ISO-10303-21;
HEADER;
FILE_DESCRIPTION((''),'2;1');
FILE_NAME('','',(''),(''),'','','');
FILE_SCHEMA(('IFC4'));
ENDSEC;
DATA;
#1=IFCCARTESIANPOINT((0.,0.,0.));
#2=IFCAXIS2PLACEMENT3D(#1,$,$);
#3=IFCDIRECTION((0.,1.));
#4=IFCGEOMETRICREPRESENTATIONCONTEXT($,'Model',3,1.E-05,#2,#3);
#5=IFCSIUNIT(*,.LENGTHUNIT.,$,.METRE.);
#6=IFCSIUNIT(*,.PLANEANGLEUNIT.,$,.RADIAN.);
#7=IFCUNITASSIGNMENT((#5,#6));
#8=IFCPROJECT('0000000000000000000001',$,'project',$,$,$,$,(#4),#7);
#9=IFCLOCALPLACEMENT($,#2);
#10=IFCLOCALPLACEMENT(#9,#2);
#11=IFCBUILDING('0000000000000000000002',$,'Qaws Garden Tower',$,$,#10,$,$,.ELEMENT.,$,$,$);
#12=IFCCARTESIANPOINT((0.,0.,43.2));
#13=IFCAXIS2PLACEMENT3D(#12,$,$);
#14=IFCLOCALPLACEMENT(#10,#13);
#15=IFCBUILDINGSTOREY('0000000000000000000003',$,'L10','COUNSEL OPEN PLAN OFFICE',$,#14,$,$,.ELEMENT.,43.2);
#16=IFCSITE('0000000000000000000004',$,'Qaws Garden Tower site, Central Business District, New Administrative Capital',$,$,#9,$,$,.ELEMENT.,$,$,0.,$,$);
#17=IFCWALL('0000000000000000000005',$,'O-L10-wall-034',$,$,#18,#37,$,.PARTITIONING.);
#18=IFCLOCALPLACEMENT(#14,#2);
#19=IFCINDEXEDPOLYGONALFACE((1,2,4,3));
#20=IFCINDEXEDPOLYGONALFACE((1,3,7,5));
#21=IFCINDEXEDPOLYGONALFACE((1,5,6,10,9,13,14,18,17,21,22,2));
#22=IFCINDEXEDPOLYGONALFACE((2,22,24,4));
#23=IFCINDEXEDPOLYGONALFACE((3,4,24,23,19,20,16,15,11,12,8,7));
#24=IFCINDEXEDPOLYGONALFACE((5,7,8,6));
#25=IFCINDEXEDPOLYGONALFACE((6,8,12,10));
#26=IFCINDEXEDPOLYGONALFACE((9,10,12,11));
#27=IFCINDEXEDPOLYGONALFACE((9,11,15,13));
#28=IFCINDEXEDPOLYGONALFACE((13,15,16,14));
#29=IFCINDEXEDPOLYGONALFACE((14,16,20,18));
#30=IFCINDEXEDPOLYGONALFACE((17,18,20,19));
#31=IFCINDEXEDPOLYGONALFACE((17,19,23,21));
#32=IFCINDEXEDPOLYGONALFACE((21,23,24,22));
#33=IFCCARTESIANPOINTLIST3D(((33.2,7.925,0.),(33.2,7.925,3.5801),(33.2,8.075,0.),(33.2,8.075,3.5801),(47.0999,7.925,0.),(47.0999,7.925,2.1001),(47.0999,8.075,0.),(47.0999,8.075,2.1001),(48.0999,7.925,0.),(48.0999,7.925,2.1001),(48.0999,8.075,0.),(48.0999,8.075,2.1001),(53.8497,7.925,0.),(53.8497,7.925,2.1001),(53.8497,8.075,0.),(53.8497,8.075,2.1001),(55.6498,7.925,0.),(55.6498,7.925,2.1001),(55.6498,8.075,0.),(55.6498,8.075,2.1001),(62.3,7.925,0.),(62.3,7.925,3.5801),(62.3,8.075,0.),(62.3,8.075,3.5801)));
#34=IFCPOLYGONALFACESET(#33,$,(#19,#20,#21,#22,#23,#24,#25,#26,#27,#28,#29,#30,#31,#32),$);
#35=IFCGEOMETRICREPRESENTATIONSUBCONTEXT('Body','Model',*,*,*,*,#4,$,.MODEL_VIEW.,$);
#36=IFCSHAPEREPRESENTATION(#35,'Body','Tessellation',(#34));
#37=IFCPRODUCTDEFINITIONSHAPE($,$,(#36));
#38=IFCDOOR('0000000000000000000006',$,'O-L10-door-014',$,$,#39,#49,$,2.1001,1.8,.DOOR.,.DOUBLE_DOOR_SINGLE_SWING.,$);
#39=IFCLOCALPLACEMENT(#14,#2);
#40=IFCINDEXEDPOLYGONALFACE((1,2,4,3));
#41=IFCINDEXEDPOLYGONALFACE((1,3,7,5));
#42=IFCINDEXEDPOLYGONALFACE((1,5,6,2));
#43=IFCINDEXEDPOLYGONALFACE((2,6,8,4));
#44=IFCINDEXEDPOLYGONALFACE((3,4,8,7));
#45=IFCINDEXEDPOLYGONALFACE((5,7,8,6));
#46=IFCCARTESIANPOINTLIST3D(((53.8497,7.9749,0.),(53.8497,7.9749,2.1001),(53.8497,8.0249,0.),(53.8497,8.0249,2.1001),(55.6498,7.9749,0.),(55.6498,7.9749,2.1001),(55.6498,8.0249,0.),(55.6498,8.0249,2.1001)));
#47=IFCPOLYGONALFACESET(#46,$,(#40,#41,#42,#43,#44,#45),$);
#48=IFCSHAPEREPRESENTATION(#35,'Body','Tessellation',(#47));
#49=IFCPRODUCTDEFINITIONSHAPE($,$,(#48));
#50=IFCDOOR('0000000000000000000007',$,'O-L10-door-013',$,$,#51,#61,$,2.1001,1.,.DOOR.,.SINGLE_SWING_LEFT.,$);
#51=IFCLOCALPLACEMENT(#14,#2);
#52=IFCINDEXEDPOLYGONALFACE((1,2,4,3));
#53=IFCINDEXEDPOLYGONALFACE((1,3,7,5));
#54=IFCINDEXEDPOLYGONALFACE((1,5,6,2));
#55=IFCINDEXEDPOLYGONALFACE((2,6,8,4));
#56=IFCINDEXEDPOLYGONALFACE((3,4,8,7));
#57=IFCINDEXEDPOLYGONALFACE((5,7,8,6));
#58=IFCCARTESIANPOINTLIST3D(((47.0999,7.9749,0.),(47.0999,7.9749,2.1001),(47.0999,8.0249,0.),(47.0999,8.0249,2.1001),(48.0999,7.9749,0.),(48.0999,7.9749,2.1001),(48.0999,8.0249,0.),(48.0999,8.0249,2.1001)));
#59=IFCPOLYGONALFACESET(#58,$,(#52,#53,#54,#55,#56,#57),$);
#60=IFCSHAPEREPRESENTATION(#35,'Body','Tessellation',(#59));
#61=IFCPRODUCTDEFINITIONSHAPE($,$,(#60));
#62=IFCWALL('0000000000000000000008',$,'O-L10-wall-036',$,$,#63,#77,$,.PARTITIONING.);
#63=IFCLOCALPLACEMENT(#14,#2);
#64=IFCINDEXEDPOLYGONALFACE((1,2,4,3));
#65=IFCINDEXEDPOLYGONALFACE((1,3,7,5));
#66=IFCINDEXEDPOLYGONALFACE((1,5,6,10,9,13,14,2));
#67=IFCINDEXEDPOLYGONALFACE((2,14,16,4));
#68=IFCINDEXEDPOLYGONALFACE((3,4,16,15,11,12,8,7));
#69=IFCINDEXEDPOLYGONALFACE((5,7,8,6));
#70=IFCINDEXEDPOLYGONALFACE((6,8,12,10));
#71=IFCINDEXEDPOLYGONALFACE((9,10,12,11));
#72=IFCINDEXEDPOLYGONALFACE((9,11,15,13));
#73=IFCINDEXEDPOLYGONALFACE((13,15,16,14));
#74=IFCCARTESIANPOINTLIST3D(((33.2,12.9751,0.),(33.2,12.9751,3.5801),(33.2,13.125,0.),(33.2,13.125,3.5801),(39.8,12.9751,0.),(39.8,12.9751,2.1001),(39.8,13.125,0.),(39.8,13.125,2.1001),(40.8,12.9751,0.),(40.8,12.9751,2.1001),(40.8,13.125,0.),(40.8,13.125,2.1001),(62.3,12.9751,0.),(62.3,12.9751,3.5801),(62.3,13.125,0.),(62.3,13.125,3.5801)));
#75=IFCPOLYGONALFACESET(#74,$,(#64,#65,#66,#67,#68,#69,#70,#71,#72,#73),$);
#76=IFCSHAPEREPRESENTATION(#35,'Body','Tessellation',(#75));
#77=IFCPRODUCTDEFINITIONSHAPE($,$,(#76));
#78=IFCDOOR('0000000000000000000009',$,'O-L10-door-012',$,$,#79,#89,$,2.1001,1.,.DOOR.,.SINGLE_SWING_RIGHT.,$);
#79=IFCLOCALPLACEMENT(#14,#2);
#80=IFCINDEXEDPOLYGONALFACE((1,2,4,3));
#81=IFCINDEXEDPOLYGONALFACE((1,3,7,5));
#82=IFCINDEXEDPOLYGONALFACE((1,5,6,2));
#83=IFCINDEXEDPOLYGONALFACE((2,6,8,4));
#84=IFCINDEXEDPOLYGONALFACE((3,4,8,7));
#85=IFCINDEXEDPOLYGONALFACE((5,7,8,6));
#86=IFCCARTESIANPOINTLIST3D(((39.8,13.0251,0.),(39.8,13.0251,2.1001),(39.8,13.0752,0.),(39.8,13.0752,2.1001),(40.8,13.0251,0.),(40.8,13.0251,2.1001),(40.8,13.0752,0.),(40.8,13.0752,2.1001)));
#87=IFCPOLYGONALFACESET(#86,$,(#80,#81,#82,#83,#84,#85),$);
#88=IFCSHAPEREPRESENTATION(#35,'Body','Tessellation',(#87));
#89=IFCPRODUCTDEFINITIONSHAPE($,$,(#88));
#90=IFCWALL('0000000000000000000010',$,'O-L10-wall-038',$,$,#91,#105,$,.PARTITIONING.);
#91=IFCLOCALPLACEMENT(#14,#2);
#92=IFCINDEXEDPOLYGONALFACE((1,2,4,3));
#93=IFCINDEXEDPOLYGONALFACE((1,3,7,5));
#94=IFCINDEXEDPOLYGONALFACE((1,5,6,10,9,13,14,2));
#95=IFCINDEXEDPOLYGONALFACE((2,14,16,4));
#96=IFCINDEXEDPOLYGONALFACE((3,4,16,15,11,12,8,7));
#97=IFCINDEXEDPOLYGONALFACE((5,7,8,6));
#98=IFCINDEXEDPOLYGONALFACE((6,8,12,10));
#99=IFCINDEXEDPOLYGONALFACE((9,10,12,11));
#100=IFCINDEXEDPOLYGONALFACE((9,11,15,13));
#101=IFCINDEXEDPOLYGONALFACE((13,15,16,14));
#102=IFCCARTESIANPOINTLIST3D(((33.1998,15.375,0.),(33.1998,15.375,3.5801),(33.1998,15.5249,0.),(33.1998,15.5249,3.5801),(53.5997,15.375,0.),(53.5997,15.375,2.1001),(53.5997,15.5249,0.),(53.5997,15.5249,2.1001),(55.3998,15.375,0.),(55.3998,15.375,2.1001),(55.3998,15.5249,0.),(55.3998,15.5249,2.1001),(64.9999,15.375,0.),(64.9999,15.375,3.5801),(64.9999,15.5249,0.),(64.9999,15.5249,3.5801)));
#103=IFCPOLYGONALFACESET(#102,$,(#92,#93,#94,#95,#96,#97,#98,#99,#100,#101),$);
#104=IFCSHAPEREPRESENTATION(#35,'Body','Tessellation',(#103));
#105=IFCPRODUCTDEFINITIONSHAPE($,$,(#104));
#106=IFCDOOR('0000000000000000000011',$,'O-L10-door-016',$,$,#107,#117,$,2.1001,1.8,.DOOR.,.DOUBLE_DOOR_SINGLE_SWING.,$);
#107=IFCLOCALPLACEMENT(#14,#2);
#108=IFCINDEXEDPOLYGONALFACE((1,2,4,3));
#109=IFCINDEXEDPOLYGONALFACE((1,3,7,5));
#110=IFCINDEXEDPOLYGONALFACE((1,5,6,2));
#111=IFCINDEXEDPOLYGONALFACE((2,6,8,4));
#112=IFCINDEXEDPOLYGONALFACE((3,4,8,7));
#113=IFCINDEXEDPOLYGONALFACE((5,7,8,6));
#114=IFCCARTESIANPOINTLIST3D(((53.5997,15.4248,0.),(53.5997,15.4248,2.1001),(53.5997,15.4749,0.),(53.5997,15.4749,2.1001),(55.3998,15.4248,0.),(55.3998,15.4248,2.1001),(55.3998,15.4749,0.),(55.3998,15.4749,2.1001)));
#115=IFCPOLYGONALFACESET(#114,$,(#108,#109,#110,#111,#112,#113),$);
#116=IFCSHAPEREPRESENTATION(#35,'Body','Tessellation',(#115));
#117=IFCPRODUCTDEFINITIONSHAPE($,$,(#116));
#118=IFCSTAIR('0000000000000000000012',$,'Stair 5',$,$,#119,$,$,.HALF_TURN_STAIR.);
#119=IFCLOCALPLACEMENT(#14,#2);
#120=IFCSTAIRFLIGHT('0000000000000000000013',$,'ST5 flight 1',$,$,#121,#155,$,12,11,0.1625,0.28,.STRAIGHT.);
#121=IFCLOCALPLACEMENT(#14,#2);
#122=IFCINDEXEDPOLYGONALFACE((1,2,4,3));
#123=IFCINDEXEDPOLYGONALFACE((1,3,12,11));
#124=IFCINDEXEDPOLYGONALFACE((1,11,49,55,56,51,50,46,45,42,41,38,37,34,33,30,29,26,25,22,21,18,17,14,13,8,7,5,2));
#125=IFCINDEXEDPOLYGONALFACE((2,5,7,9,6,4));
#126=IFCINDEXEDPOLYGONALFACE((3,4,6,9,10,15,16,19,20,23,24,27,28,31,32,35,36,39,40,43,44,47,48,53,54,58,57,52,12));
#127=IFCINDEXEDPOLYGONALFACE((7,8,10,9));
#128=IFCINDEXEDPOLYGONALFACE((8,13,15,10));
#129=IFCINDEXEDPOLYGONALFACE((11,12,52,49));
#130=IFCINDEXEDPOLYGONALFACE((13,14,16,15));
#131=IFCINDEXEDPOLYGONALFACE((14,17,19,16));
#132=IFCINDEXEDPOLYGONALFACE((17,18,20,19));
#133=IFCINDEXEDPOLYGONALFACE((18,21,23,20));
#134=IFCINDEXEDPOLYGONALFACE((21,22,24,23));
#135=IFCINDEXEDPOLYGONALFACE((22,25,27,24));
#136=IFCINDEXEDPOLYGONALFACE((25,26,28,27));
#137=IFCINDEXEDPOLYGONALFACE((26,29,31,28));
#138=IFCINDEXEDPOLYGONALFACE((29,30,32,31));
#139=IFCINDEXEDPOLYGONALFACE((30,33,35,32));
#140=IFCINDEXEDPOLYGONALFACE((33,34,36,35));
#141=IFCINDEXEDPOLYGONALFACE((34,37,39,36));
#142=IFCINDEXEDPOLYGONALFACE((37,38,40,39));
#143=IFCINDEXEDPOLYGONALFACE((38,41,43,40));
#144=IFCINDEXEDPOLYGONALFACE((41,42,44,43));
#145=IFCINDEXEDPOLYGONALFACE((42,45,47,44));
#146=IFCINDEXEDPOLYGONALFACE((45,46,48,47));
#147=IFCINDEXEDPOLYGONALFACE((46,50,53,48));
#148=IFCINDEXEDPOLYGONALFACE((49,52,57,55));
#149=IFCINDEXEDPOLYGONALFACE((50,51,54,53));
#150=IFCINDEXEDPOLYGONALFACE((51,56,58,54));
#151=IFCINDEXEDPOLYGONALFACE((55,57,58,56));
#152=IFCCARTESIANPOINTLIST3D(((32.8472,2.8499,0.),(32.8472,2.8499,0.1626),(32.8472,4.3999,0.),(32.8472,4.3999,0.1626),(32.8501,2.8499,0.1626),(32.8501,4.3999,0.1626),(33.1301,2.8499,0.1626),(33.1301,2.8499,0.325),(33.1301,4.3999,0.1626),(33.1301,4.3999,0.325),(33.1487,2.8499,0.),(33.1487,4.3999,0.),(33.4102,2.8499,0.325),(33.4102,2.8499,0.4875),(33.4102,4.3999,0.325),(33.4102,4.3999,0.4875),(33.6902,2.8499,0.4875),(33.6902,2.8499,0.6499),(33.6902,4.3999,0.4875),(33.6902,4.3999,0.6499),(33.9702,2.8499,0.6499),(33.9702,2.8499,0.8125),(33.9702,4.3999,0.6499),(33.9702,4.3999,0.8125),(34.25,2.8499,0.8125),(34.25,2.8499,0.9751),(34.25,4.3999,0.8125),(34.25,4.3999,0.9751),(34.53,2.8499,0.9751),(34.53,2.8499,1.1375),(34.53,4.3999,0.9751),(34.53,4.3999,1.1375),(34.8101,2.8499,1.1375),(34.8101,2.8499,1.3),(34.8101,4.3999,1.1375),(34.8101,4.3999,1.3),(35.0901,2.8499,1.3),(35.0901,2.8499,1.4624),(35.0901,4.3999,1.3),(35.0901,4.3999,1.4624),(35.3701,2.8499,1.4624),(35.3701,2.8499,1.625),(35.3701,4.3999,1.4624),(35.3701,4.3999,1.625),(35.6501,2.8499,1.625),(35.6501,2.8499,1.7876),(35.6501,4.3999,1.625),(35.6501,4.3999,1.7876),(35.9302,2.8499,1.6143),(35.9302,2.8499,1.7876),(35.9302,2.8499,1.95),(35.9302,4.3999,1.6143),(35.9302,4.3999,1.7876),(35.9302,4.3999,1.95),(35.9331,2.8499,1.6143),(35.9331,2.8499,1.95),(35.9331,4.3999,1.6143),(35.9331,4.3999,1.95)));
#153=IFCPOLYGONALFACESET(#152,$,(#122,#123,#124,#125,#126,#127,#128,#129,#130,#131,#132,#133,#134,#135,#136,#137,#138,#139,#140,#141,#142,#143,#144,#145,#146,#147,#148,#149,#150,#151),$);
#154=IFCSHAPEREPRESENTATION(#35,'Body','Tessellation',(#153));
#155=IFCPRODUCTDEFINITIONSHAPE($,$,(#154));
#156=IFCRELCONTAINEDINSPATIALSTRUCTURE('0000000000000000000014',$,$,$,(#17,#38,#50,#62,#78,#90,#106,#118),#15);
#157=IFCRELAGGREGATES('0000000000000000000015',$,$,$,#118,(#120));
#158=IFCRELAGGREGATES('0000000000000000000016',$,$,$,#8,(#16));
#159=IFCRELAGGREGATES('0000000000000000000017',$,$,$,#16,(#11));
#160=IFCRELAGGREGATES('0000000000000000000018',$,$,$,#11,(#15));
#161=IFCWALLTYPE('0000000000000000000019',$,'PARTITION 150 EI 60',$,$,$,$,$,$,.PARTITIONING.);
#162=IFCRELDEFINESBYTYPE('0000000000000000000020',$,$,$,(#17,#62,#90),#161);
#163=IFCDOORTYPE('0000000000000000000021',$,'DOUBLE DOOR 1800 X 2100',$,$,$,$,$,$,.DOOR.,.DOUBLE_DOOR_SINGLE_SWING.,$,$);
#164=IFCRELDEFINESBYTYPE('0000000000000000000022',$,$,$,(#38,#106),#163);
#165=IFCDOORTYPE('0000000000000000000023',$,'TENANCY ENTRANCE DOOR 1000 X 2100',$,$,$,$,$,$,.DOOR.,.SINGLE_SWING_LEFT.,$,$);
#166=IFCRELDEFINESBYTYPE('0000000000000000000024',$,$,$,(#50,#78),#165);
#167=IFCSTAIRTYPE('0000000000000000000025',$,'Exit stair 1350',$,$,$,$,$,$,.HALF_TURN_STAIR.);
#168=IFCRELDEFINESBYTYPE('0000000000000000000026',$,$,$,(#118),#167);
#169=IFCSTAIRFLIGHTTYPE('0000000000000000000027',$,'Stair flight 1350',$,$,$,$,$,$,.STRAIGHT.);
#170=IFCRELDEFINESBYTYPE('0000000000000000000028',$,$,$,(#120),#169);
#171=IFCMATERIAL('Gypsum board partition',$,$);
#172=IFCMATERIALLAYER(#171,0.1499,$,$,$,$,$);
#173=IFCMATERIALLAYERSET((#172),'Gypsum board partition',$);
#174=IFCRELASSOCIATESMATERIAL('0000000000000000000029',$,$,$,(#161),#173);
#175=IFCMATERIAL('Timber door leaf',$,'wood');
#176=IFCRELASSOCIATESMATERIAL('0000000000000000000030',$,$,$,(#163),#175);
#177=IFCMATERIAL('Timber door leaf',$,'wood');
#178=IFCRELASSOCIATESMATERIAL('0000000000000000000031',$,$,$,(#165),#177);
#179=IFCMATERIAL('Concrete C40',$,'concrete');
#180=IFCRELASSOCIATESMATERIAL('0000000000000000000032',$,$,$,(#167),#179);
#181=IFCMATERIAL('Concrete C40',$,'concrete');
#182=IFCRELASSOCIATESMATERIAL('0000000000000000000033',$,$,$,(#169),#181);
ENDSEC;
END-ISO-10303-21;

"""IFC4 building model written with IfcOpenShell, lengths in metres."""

from ifc_helpers import new_model, si_unit, direction, frame, frame_2d, origin, place, context, subcontext, project, spatial, polyline, rectangle, outline, extrude, material, layer, layer_set, type_object, element, fill, aggregate, save


model = new_model("IFC4")

# Units and contexts
model_context = context("Model", 3, precision=1e-05, world=origin(), true_north=direction((0.0, 1.0)))
body_context = subcontext(model_context, "Body", "Model", "MODEL_VIEW")
ifc_project = project(units=[si_unit("LENGTHUNIT", "METRE"), si_unit("PLANEANGLEUNIT", "RADIAN")], contexts=[model_context])

# Site, building, storey
site_placement = place(None, origin())
site = spatial("IfcSite", under=ifc_project, at=site_placement, Name="Qaws Garden Tower site, Central Business District, New Administrative Capital", CompositionType="ELEMENT", RefElevation=0.0)
building_placement = place(site_placement, origin())
building = spatial("IfcBuilding", under=site, at=building_placement, Name="Qaws Garden Tower", CompositionType="ELEMENT")
storey_placement = place(building_placement, frame((0.0, 0.0, 43.2)))
storey = spatial("IfcBuildingStorey", under=building, at=storey_placement, Name="L10", Description="COUNSEL OPEN PLAN OFFICE", CompositionType="ELEMENT", Elevation=43.2)

# Shared definitions
ifc_material_1 = material(Name="Gypsum board partition")
ifc_layer_1 = layer(ifc_material_1, 0.1499)
ifc_layer_set_1 = layer_set([ifc_layer_1], Name="Gypsum board partition")
wall_type_1 = type_object("IfcWallType", Name="PARTITION 150 EI 60", PredefinedType="PARTITIONING", material=ifc_layer_set_1)

# Shared definitions
ifc_material_2 = material(Name="Timber door leaf", Category="wood")
door_type_1 = type_object("IfcDoorType", Name="DOUBLE DOOR 1800 X 2100", OperationType="DOUBLE_DOOR_SINGLE_SWING", PredefinedType="DOOR", material=ifc_material_2)

# Wall, openings, doors
wall_1_placement = place(storey_placement, frame((33.2, 8.0, 0.0), z_axis=(0.0, 0.0, 1.0), x_axis=(1.0, 0.0, 0.0)))
wall_1 = element("IfcWall", 1, at=wall_1_placement, inside=storey, type_object=wall_type_1, Name="O-L10-wall-034", PredefinedType="PARTITIONING", context=body_context, shape_type="SweptSolid", body=[
    extrude(rectangle(XDim=29.1001, YDim=0.1499, at=frame_2d((14.55, 0.0))), origin(), (0.0, 0.0, 1.0), 3.5801),
])
opening_1_placement = place(wall_1_placement, frame((13.8999, 0.0, 0.0)))
opening_1 = element("IfcOpeningElement", 2, at=opening_1_placement, cuts=wall_1, PredefinedType="OPENING", context=body_context, shape_type="SweptSolid", body=[
    extrude(rectangle(XDim=1.0, YDim=2.1001, at=frame_2d((0.5, 1.05))), frame((0.0, 0.085, 0.0), z_axis=(0.0, -1.0, 0.0), x_axis=(1.0, 0.0, 0.0)), (0.0, 0.0, 1.0), 0.1699),
])
opening_2_placement = place(wall_1_placement, frame((20.6499, 0.0, 0.0)))
opening_2 = element("IfcOpeningElement", 3, at=opening_2_placement, cuts=wall_1, PredefinedType="OPENING", context=body_context, shape_type="SweptSolid", body=[
    extrude(rectangle(XDim=1.8, YDim=2.1001, at=frame_2d((0.8999, 1.05))), frame((0.0, 0.085, 0.0), z_axis=(0.0, -1.0, 0.0), x_axis=(1.0, 0.0, 0.0)), (0.0, 0.0, 1.0), 0.1699),
])
door_1_placement = place(opening_2_placement, origin())
door_1 = element("IfcDoor", 4, at=door_1_placement, inside=storey, type_object=door_type_1, Name="O-L10-door-014", OperationType="DOUBLE_DOOR_SINGLE_SWING", OverallHeight=2.1001, OverallWidth=1.8, PredefinedType="DOOR", context=body_context, shape_type="SweptSolid", body=[
    extrude(rectangle(XDim=1.8, YDim=2.1001, at=frame_2d((0.8999, 1.05))), frame((0.0, 0.0249, 0.0), z_axis=(0.0, -1.0, 0.0), x_axis=(1.0, 0.0, 0.0)), (0.0, 0.0, 1.0), 0.05),
])
fill(opening_2, door_1)
ifc_material_3 = material(Name="Timber door leaf", Category="wood")
door_type_2 = type_object("IfcDoorType", Name="TENANCY ENTRANCE DOOR 1000 X 2100", OperationType="SINGLE_SWING_LEFT", PredefinedType="DOOR", material=ifc_material_3)
door_2_placement = place(opening_1_placement, origin())
door_2 = element("IfcDoor", 5, at=door_2_placement, inside=storey, type_object=door_type_2, Name="O-L10-door-013", OperationType="SINGLE_SWING_LEFT", OverallHeight=2.1001, OverallWidth=1.0, PredefinedType="DOOR", context=body_context, shape_type="SweptSolid", body=[
    extrude(rectangle(XDim=1.0, YDim=2.1001, at=frame_2d((0.5, 1.05))), frame((0.0, 0.0249, 0.0), z_axis=(0.0, -1.0, 0.0), x_axis=(1.0, 0.0, 0.0)), (0.0, 0.0, 1.0), 0.05),
])
fill(opening_1, door_2)

# Walls, openings, doors
wall_2_placement = place(storey_placement, frame((33.2, 13.05, 0.0), z_axis=(0.0, 0.0, 1.0), x_axis=(1.0, 0.0, 0.0)))
wall_2 = element("IfcWall", 6, at=wall_2_placement, inside=storey, type_object=wall_type_1, Name="O-L10-wall-036", PredefinedType="PARTITIONING", context=body_context, shape_type="SweptSolid", body=[
    extrude(rectangle(XDim=29.1001, YDim=0.1499, at=frame_2d((14.55, 0.0))), origin(), (0.0, 0.0, 1.0), 3.5801),
])
opening_3_placement = place(wall_2_placement, frame((6.6001, 0.0, 0.0)))
opening_3 = element("IfcOpeningElement", 7, at=opening_3_placement, cuts=wall_2, PredefinedType="OPENING", context=body_context, shape_type="SweptSolid", body=[
    extrude(rectangle(XDim=1.0, YDim=2.1001, at=frame_2d((0.5, 1.05))), frame((0.0, 0.085, 0.0), z_axis=(0.0, -1.0, 0.0), x_axis=(1.0, 0.0, 0.0)), (0.0, 0.0, 1.0), 0.1699),
])
door_3_placement = place(opening_3_placement, frame((1.0, 0.0, 0.0), z_axis=(0.0, 0.0, 1.0), x_axis=(-1.0, 0.0, 0.0)))
door_3 = element("IfcDoor", 8, at=door_3_placement, inside=storey, type_object=door_type_2, Name="O-L10-door-012", OperationType="SINGLE_SWING_RIGHT", OverallHeight=2.1001, OverallWidth=1.0, PredefinedType="DOOR", context=body_context, shape_type="SweptSolid", body=[
    extrude(rectangle(XDim=1.0, YDim=2.1001, at=frame_2d((0.5, 1.05))), frame((0.0, 0.0249, 0.0), z_axis=(0.0, -1.0, 0.0), x_axis=(1.0, 0.0, 0.0)), (0.0, 0.0, 1.0), 0.05),
])
fill(opening_3, door_3)
wall_3_placement = place(storey_placement, frame((33.2, 15.45, 0.0), z_axis=(0.0, 0.0, 1.0), x_axis=(1.0, 0.0, 0.0)))
wall_3 = element("IfcWall", 9, at=wall_3_placement, inside=storey, type_object=wall_type_1, Name="O-L10-wall-038", PredefinedType="PARTITIONING", context=body_context, shape_type="SweptSolid", body=[
    extrude(rectangle(XDim=31.8, YDim=0.1499, at=frame_2d((15.8999, 0.0))), origin(), (0.0, 0.0, 1.0), 3.5801),
])
opening_4_placement = place(wall_3_placement, frame((20.3999, 0.0, 0.0)))
opening_4 = element("IfcOpeningElement", 10, at=opening_4_placement, cuts=wall_3, PredefinedType="OPENING", context=body_context, shape_type="SweptSolid", body=[
    extrude(rectangle(XDim=1.8, YDim=2.1001, at=frame_2d((0.8999, 1.05))), frame((0.0, 0.085, 0.0), z_axis=(0.0, -1.0, 0.0), x_axis=(1.0, 0.0, 0.0)), (0.0, 0.0, 1.0), 0.1699),
])
door_4_placement = place(opening_4_placement, origin())
door_4 = element("IfcDoor", 11, at=door_4_placement, inside=storey, type_object=door_type_1, Name="O-L10-door-016", OperationType="DOUBLE_DOOR_SINGLE_SWING", OverallHeight=2.1001, OverallWidth=1.8, PredefinedType="DOOR", context=body_context, shape_type="SweptSolid", body=[
    extrude(rectangle(XDim=1.8, YDim=2.1001, at=frame_2d((0.8999, 1.05))), frame((0.0, 0.0249, 0.0), z_axis=(0.0, -1.0, 0.0), x_axis=(1.0, 0.0, 0.0)), (0.0, 0.0, 1.0), 0.05),
])
fill(opening_4, door_4)

# Stair, stair flight
ifc_material_4 = material(Name="Concrete C40", Category="concrete")
stair_type = type_object("IfcStairType", Name="Exit stair 1350", PredefinedType="HALF_TURN_STAIR", material=ifc_material_4)
stair_placement = place(storey_placement, origin())
stair = element("IfcStair", 12, at=stair_placement, inside=storey, type_object=stair_type, Name="Stair 5", PredefinedType="HALF_TURN_STAIR")
ifc_material_5 = material(Name="Concrete C40", Category="concrete")
stair_flight_type = type_object("IfcStairFlightType", Name="Stair flight 1350", PredefinedType="STRAIGHT", material=ifc_material_5)
stair_flight_1_placement = place(storey_placement, frame((32.8501, 3.625, 0.0), z_axis=(0.0, 0.0, 1.0), x_axis=(1.0, 0.0, 0.0)))
stair_flight_1 = element("IfcStairFlight", 13, at=stair_flight_1_placement, type_object=stair_flight_type, Name="ST5 flight 1", NumberOfRisers=12, NumberOfTreads=11, PredefinedType="STRAIGHT", RiserHeight=0.1625, TreadLength=0.28, context=body_context, shape_type="SweptSolid", body=[
    extrude(outline(polyline([(-0.0029, 0.0), (-0.0029, 0.1626), (0.0, 0.1626), (0.28, 0.1626), (0.28, 0.325), (0.5601, 0.325), (0.5601, 0.4875), (0.8401, 0.4875), (0.8401, 0.6499), (1.1201, 0.6499), (1.1201, 0.8125), (1.3999, 0.8125), (1.3999, 0.9751), (1.6799, 0.9751), (1.6799, 1.1375), (1.96, 1.1375), (1.96, 1.3), (2.24, 1.3), (2.24, 1.4624), (2.52, 1.4624), (2.52, 1.625), (2.8, 1.625), (2.8, 1.7876), (3.0801, 1.7876), (3.0801, 1.95), (3.083, 1.95), (3.083, 1.6143), (3.0801, 1.6143), (0.2986, 0.0), (-0.0029, 0.0)])), frame((0.0, 0.7749, 0.0), z_axis=(0.0, -1.0, 0.0), x_axis=(1.0, 0.0, 0.0)), (0.0, 0.0, 1.0), 1.55),
])
aggregate(stair, [stair_flight_1])

save(model, "model.ifc")
